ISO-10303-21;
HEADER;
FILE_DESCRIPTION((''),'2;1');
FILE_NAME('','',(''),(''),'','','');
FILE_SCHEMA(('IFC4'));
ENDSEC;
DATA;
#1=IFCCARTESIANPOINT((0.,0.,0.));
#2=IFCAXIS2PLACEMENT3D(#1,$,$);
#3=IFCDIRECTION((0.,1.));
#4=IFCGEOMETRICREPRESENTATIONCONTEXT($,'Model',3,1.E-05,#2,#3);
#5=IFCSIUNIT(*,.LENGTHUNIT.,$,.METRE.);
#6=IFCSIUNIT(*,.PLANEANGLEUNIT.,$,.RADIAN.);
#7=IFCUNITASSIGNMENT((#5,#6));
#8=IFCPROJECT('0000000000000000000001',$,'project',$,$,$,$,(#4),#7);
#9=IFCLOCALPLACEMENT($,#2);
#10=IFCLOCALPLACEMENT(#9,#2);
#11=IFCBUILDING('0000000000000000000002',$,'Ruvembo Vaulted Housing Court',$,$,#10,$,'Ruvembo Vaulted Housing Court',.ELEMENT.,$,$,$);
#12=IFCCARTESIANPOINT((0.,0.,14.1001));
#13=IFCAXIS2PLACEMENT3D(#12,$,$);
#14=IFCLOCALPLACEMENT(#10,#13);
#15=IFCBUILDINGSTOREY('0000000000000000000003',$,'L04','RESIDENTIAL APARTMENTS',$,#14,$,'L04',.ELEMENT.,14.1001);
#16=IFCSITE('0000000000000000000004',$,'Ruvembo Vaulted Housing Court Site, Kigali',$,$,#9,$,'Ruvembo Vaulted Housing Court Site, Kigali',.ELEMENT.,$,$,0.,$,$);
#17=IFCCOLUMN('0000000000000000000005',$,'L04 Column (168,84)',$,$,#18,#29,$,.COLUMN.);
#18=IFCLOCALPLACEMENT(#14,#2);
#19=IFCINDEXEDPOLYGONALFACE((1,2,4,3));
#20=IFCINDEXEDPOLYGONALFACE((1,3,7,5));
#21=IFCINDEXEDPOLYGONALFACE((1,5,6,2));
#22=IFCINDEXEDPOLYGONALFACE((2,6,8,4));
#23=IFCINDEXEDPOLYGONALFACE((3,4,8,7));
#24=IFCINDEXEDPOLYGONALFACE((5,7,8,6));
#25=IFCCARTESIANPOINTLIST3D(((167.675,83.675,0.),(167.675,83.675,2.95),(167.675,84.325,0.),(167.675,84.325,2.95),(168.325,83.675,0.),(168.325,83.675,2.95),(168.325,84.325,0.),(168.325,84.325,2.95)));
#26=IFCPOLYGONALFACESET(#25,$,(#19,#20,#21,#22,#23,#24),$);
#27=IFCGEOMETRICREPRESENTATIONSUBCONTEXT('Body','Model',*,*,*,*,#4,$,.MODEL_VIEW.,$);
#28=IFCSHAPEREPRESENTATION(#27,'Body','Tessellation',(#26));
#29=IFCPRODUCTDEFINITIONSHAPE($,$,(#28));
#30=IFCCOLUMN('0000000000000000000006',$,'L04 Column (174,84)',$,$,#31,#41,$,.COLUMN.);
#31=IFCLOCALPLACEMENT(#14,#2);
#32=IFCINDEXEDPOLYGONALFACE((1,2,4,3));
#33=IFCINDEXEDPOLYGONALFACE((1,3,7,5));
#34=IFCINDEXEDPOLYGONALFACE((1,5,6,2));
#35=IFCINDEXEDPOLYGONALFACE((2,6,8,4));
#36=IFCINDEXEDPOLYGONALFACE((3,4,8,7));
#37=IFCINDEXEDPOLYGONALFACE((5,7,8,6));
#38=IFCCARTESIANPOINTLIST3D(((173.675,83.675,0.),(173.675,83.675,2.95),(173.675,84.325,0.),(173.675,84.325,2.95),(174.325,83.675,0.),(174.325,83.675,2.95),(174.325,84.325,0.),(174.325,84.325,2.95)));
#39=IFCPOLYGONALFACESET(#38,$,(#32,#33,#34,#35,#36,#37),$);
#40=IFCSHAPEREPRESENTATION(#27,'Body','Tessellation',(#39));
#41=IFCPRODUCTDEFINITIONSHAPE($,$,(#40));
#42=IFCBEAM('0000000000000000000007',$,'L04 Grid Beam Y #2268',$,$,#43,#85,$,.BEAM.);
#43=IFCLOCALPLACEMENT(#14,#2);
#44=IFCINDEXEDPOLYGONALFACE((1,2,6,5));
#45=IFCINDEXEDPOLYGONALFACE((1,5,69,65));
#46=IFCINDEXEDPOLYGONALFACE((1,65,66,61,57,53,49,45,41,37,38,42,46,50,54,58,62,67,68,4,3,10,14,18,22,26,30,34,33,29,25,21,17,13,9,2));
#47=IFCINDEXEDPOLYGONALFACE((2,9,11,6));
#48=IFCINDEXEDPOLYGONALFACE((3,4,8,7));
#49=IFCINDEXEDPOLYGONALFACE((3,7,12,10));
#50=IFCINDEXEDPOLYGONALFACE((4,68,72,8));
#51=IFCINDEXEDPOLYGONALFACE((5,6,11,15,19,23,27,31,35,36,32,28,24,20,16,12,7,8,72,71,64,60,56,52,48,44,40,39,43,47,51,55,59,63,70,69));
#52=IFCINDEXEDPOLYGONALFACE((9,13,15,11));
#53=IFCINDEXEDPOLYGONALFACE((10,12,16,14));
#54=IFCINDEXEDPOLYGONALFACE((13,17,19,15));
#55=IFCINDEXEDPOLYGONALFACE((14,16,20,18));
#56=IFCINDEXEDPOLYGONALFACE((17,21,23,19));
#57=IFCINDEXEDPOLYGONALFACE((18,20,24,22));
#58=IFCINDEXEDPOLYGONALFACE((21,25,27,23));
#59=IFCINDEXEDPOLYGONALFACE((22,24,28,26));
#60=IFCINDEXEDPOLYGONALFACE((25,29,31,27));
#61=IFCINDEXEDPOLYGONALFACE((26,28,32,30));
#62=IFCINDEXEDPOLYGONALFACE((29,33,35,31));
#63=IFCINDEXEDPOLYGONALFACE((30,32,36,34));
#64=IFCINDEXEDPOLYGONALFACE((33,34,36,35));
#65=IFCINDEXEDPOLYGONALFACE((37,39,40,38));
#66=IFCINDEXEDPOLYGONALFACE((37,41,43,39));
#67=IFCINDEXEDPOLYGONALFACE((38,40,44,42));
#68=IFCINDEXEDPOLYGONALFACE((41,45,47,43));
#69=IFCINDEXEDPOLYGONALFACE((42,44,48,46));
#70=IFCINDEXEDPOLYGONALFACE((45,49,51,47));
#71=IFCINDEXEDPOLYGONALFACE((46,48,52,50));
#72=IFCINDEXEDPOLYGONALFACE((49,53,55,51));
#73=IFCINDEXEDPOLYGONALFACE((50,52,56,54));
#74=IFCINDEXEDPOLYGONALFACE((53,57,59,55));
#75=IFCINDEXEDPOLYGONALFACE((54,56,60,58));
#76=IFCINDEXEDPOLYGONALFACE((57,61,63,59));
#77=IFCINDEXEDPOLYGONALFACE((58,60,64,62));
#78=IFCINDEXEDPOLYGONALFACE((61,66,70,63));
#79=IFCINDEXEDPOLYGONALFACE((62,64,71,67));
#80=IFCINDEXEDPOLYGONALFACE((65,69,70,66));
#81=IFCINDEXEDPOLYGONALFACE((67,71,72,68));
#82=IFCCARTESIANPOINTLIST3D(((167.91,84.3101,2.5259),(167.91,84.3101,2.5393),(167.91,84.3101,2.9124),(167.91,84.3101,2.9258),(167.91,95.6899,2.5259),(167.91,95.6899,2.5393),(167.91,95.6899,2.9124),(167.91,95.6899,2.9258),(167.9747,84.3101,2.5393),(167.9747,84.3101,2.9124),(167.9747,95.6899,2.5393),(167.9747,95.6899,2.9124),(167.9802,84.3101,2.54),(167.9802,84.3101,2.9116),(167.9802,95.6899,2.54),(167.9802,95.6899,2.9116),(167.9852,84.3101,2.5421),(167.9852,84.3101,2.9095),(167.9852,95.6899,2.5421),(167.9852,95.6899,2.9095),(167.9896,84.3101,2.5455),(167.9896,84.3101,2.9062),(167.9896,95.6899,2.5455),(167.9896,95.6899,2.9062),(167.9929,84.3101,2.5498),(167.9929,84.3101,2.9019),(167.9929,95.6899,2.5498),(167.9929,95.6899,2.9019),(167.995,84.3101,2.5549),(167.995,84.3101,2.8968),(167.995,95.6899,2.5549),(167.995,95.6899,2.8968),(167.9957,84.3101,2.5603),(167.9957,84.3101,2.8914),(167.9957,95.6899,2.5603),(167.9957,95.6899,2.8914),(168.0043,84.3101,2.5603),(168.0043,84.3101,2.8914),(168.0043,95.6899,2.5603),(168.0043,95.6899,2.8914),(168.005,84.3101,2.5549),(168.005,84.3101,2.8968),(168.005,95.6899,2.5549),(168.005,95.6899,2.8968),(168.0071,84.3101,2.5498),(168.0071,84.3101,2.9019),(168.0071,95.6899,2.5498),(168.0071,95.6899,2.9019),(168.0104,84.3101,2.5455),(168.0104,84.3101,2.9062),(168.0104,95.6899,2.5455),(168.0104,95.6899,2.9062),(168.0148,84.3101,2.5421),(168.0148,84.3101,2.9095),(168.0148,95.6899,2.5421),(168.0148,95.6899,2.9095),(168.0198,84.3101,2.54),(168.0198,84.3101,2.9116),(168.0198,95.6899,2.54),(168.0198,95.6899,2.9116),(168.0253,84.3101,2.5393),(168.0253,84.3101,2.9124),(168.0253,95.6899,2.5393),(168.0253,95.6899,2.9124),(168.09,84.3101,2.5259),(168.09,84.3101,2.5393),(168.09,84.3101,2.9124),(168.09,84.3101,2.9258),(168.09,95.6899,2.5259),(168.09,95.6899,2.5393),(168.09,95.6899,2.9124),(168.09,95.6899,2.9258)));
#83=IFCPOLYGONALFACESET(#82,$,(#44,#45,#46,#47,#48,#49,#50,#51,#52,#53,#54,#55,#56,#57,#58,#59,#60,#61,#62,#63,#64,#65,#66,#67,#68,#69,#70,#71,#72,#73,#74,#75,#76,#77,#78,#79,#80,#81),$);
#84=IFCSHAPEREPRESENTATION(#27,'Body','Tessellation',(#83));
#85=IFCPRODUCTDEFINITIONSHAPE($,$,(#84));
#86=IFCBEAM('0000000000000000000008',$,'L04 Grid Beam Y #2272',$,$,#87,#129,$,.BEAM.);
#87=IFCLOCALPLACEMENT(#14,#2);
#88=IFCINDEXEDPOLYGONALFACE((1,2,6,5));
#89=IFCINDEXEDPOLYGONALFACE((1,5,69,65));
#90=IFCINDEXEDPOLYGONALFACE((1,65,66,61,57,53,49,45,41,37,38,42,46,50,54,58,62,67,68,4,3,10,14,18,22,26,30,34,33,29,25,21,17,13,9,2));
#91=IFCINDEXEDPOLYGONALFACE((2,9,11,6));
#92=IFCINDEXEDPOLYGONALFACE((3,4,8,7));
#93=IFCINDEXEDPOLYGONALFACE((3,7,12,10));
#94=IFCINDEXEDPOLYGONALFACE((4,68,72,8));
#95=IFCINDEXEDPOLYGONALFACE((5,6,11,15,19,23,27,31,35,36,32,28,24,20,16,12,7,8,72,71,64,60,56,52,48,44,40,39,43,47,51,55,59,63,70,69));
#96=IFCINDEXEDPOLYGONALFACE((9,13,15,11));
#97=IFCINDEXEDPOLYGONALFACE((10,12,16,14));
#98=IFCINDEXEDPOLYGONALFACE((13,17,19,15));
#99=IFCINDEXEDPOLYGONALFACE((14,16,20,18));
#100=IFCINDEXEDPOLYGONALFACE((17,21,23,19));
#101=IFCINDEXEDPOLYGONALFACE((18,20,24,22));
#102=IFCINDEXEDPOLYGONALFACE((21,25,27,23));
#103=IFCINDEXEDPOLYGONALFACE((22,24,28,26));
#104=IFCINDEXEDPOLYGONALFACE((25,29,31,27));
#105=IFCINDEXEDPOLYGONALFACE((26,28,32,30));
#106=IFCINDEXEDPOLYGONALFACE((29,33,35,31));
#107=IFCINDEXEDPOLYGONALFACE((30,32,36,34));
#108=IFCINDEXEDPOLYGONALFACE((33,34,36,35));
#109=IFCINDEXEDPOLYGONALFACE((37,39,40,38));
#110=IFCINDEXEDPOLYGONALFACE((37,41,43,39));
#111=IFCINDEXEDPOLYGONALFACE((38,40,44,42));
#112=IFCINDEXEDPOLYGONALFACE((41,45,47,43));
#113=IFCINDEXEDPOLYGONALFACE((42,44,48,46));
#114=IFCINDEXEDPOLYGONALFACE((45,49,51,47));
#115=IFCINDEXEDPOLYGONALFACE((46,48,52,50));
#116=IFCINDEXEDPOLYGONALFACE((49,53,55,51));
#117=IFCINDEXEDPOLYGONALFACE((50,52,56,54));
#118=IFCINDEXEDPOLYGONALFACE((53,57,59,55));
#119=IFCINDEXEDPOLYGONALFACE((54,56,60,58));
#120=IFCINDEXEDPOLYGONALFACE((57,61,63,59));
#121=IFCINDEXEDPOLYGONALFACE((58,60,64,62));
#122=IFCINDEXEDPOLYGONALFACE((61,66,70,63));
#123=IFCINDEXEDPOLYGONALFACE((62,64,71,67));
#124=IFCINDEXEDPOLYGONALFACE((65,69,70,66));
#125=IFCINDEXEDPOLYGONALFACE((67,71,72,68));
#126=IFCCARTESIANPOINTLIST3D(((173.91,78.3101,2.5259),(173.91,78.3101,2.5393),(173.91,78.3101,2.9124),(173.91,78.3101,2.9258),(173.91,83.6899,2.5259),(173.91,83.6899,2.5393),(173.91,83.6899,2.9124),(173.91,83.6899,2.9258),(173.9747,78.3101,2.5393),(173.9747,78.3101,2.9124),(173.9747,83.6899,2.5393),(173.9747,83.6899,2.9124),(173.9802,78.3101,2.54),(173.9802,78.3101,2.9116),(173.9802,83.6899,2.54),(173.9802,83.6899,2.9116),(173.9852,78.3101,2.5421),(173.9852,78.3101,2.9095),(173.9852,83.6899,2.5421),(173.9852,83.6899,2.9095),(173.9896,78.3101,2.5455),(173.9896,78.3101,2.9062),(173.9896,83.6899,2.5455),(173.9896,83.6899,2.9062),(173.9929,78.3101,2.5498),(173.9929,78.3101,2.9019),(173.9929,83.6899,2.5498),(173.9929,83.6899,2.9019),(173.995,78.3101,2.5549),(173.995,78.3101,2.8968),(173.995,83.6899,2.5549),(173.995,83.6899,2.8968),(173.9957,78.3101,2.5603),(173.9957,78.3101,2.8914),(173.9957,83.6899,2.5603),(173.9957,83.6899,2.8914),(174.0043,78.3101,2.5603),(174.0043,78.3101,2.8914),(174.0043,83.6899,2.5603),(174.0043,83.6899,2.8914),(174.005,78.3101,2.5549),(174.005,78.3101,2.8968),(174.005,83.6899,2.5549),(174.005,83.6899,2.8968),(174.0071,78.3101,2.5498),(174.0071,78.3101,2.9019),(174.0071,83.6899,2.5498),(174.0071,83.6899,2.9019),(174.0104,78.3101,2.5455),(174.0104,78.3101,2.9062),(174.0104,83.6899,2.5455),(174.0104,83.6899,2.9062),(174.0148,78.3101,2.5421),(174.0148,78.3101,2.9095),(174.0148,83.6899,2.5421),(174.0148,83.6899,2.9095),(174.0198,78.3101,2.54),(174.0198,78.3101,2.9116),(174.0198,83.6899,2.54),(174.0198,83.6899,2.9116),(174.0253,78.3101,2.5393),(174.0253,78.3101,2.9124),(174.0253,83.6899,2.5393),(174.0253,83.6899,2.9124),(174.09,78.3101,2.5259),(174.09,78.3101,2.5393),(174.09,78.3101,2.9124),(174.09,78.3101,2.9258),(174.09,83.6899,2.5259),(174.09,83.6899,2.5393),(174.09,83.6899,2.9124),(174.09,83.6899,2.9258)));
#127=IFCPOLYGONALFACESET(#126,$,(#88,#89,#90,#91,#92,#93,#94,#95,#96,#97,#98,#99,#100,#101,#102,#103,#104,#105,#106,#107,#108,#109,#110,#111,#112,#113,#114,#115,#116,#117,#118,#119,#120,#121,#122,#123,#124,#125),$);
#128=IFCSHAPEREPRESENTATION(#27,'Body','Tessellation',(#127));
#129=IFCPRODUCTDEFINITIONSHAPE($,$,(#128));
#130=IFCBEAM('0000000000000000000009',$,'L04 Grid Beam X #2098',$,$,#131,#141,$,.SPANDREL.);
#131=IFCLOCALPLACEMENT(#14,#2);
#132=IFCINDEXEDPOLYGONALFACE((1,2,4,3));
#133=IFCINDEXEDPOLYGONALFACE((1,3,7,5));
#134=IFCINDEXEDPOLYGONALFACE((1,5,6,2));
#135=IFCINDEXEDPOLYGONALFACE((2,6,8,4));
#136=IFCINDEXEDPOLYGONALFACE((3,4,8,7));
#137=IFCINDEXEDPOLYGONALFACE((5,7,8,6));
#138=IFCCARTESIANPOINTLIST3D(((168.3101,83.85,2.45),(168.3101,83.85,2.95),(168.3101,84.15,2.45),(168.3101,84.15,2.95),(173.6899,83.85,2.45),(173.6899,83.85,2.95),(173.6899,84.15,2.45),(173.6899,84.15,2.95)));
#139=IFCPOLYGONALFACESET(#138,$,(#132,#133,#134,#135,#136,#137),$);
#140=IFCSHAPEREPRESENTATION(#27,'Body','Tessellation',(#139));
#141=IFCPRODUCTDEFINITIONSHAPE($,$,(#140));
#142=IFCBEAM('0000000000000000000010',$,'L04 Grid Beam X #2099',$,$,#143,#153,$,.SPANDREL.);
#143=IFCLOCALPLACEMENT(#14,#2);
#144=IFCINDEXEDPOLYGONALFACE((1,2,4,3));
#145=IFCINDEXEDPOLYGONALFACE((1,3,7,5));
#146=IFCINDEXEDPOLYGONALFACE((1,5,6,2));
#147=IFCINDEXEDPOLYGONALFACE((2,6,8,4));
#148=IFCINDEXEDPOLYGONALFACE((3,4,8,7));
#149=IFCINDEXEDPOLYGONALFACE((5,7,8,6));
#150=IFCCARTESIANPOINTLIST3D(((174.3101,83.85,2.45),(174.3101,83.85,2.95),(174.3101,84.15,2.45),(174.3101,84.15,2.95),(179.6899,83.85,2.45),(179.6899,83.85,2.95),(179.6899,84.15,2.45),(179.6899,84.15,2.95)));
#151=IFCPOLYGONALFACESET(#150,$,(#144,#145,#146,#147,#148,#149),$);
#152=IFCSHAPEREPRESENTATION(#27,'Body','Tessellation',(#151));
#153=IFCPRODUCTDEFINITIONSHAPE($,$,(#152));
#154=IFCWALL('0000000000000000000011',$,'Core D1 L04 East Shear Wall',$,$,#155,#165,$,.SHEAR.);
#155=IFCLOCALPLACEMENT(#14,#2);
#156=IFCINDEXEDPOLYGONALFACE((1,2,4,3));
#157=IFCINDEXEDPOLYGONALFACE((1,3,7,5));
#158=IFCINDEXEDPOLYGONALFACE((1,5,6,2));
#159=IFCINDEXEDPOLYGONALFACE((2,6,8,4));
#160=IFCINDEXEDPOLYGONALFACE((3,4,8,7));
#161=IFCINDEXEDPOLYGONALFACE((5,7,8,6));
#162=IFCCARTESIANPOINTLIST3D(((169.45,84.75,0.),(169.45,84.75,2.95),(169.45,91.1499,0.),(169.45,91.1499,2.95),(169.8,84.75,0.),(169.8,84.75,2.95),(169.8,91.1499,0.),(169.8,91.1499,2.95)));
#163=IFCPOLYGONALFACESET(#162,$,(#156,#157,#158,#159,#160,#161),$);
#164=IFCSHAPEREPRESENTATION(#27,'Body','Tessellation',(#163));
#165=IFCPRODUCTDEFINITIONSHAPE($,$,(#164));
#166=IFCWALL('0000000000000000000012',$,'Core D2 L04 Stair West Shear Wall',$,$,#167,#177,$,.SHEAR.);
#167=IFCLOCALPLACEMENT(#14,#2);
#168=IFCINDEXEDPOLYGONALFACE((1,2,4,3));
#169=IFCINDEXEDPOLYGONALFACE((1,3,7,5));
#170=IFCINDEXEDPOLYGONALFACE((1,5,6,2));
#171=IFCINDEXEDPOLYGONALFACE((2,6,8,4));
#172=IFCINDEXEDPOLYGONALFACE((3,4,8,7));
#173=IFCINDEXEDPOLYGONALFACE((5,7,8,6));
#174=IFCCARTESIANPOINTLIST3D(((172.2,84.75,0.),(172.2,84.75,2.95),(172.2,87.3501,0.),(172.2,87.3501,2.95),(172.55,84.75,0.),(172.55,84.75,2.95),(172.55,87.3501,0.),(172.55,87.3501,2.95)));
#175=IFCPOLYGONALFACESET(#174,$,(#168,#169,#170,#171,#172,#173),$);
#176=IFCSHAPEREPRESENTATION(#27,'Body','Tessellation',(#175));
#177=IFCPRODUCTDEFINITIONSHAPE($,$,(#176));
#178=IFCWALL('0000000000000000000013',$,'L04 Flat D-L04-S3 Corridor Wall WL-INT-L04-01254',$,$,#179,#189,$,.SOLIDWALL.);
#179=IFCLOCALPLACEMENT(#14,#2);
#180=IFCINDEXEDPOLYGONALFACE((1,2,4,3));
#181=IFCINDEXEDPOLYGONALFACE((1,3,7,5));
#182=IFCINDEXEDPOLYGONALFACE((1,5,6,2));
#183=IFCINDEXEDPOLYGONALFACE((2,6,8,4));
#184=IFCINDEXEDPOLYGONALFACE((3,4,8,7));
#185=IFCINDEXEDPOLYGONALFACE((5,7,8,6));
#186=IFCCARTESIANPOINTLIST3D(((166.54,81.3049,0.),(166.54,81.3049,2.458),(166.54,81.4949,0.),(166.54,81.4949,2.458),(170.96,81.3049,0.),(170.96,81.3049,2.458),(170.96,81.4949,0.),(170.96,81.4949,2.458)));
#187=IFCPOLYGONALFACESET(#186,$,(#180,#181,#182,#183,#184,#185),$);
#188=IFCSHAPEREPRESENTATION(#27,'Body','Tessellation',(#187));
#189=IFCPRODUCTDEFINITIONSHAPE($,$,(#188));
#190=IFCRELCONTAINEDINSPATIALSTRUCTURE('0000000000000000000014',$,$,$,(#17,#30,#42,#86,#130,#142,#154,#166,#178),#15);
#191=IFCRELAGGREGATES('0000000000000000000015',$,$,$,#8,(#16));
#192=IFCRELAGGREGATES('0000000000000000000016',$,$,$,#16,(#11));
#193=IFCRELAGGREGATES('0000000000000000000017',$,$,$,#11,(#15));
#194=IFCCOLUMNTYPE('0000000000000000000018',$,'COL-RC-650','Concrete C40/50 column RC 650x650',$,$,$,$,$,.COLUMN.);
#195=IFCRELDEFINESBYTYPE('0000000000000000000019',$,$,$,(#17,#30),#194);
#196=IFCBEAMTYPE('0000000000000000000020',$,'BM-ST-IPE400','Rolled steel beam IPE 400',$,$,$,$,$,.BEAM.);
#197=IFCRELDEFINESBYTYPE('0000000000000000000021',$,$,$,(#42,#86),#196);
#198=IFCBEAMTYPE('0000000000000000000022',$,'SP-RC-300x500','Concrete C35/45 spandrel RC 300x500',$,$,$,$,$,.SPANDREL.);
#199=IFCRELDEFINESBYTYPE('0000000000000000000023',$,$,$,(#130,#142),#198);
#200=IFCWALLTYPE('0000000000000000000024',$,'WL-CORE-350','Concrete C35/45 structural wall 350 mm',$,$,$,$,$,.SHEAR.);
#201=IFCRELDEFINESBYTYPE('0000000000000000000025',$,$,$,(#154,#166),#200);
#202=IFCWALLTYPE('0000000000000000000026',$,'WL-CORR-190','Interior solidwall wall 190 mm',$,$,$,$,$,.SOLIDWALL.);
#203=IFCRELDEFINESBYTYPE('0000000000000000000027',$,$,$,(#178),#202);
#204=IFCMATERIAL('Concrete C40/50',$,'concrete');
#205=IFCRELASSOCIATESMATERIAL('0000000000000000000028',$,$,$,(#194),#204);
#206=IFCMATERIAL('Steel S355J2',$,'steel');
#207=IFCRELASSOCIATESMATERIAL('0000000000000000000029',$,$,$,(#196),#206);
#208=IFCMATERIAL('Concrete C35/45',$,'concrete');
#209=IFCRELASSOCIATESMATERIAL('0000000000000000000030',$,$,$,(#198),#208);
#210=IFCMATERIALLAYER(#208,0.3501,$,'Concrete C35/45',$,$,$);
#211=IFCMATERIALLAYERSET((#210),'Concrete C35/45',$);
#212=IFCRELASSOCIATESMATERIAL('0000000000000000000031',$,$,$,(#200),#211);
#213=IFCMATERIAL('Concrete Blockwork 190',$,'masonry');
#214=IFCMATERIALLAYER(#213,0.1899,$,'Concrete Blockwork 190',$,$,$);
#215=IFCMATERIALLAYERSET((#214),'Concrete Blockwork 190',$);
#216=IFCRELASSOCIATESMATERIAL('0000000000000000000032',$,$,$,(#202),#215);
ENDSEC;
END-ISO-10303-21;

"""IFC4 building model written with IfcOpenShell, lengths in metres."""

from ifc_helpers import new_model, si_unit, direction, frame, frame_2d, origin, origin_2d, place, context, subcontext, project, spatial, rectangle, i_section, extrude, material, layer, layer_set, material_profile, profile_set, type_object, element, save


model = new_model("IFC4")

# Units and contexts
model_context = context("Model", 3, precision=1e-05, world=origin(), true_north=direction((0.0, 1.0)))
body_context = subcontext(model_context, "Body", "Model", "MODEL_VIEW")
ifc_project = project(units=[si_unit("LENGTHUNIT", "METRE"), si_unit("PLANEANGLEUNIT", "RADIAN")], contexts=[model_context])

# Site, building, storey
site_placement = place(None, origin())
site = spatial("IfcSite", under=ifc_project, at=site_placement, Name="Ruvembo Vaulted Housing Court Site, Kigali", LongName="Ruvembo Vaulted Housing Court Site, Kigali", CompositionType="ELEMENT", RefElevation=0.0)
building_placement = place(site_placement, origin())
building = spatial("IfcBuilding", under=site, at=building_placement, Name="Ruvembo Vaulted Housing Court", LongName="Ruvembo Vaulted Housing Court", CompositionType="ELEMENT")
storey_placement = place(building_placement, frame((0.0, 0.0, 14.1001)))
storey = spatial("IfcBuildingStorey", under=building, at=storey_placement, Name="L04", Description="RESIDENTIAL APARTMENTS", LongName="L04", CompositionType="ELEMENT", Elevation=14.1001)

# Columns
ifc_material_1 = material(Name="Concrete C40/50", Category="concrete")
ifc_material_profile_1 = material_profile(ifc_material_1, rectangle(XDim=0.6499, YDim=0.6499, at=origin_2d()), Name="RC 650x650")
ifc_profile_set_1 = profile_set([ifc_material_profile_1], Name="Concrete C40/50")
column_type = type_object("IfcColumnType", Name="COL-RC-650", Description="Concrete C40/50 column RC 650x650", PredefinedType="COLUMN", material=ifc_profile_set_1)
for number, where, z_axis, x_axis, name in (
    (1, (168.0, 84.0, 0.0), (0.0, 0.0, 1.0), (1.0, 0.0, 0.0), "L04 Column (168,84)"),
    (2, (174.0, 84.0, 0.0), (0.0, 0.0, 1.0), (1.0, 0.0, 0.0), "L04 Column (174,84)"),
):
    element("IfcColumn", number, at=place(storey_placement, frame(where, z_axis=z_axis, x_axis=x_axis)), inside=storey, type_object=column_type, Name=name, PredefinedType="COLUMN", context=body_context, shape_type="SweptSolid", body=[
        extrude(rectangle(XDim=0.6499, YDim=0.6499, at=origin_2d()), origin(), (0.0, 0.0, 1.0), 2.95),
    ])

# Beams
ifc_material_2 = material(Name="Steel S355J2", Category="steel")
ifc_material_profile_2 = material_profile(ifc_material_2, i_section(OverallWidth=0.1799, OverallDepth=0.3999, WebThickness=0.0085, FlangeThickness=0.0134, FilletRadius=0.021, at=origin_2d()), Name="IPE 400")
ifc_profile_set_2 = profile_set([ifc_material_profile_2], Name="Steel S355J2")
beam_type_1 = type_object("IfcBeamType", Name="BM-ST-IPE400", Description="Rolled steel beam IPE 400", PredefinedType="BEAM", material=ifc_profile_set_2)
beam_1_placement = place(storey_placement, frame((168.0, 84.3101, 2.7258), z_axis=(0.0, 1.0, 0.0), x_axis=(-1.0, 0.0, 0.0)))
element("IfcBeam", 3, at=beam_1_placement, inside=storey, type_object=beam_type_1, Name="L04 Grid Beam Y #2268", PredefinedType="BEAM", context=body_context, shape_type="SweptSolid", body=[
    extrude(i_section(OverallWidth=0.1799, OverallDepth=0.3999, WebThickness=0.0085, FlangeThickness=0.0134, FilletRadius=0.021, at=origin_2d()), origin(), (0.0, 0.0, 1.0), 11.3799),
])
beam_2_placement = place(storey_placement, frame((174.0, 78.3101, 2.7258), z_axis=(0.0, 1.0, 0.0), x_axis=(-1.0, 0.0, 0.0)))
element("IfcBeam", 4, at=beam_2_placement, inside=storey, type_object=beam_type_1, Name="L04 Grid Beam Y #2272", PredefinedType="BEAM", context=body_context, shape_type="SweptSolid", body=[
    extrude(i_section(OverallWidth=0.1799, OverallDepth=0.3999, WebThickness=0.0085, FlangeThickness=0.0134, FilletRadius=0.021, at=origin_2d()), origin(), (0.0, 0.0, 1.0), 5.3799),
])
ifc_material_3 = material(Name="Concrete C35/45", Category="concrete")
ifc_material_profile_3 = material_profile(ifc_material_3, rectangle(XDim=0.3, YDim=0.5, at=origin_2d()), Name="RC 300x500")
ifc_profile_set_3 = profile_set([ifc_material_profile_3], Name="Concrete C35/45")
beam_type_2 = type_object("IfcBeamType", Name="SP-RC-300x500", Description="Concrete C35/45 spandrel RC 300x500", PredefinedType="SPANDREL", material=ifc_profile_set_3)
for number, where, z_axis, x_axis, name in (
    (5, (168.3101, 84.0, 2.7), (1.0, 0.0, 0.0), (0.0, 1.0, 0.0), "L04 Grid Beam X #2098"),
    (6, (174.3101, 84.0, 2.7), (1.0, 0.0, 0.0), (0.0, 1.0, 0.0), "L04 Grid Beam X #2099"),
):
    element("IfcBeam", number, at=place(storey_placement, frame(where, z_axis=z_axis, x_axis=x_axis)), inside=storey, type_object=beam_type_2, Name=name, PredefinedType="SPANDREL", context=body_context, shape_type="SweptSolid", body=[
        extrude(rectangle(XDim=0.3, YDim=0.5, at=origin_2d()), origin(), (0.0, 0.0, 1.0), 5.3799),
    ])

# Wall
ifc_layer_1 = layer(ifc_material_3, 0.3501, Name="Concrete C35/45")
ifc_layer_set_1 = layer_set([ifc_layer_1], Name="Concrete C35/45")
wall_type_1 = type_object("IfcWallType", Name="WL-CORE-350", Description="Concrete C35/45 structural wall 350 mm", PredefinedType="SHEAR", material=ifc_layer_set_1)
wall_1_placement = place(storey_placement, frame((169.625, 84.75, 0.0), z_axis=(0.0, 0.0, 1.0), x_axis=(0.0, 1.0, 0.0)))
element("IfcWall", 7, at=wall_1_placement, inside=storey, type_object=wall_type_1, Name="Core D1 L04 East Shear Wall", PredefinedType="SHEAR", context=body_context, shape_type="SweptSolid", body=[
    extrude(rectangle(XDim=6.3999, YDim=0.3501, at=frame_2d((3.2, 0.0))), origin(), (0.0, 0.0, 1.0), 2.95),
])

# Walls
wall_2_placement = place(storey_placement, frame((172.375, 87.3501, 0.0), z_axis=(0.0, 0.0, 1.0), x_axis=(0.0, -1.0, 0.0)))
element("IfcWall", 8, at=wall_2_placement, inside=storey, type_object=wall_type_1, Name="Core D2 L04 Stair West Shear Wall", PredefinedType="SHEAR", context=body_context, shape_type="SweptSolid", body=[
    extrude(rectangle(XDim=2.6001, YDim=0.3501, at=frame_2d((1.3, 0.0))), origin(), (0.0, 0.0, 1.0), 2.95),
])
ifc_material_4 = material(Name="Concrete Blockwork 190", Category="masonry")
ifc_layer_2 = layer(ifc_material_4, 0.1899, Name="Concrete Blockwork 190")
ifc_layer_set_2 = layer_set([ifc_layer_2], Name="Concrete Blockwork 190")
wall_type_2 = type_object("IfcWallType", Name="WL-CORR-190", Description="Interior solidwall wall 190 mm", PredefinedType="SOLIDWALL", material=ifc_layer_set_2)
wall_3_placement = place(storey_placement, frame((166.54, 81.3999, 0.0), z_axis=(0.0, 0.0, 1.0), x_axis=(1.0, 0.0, 0.0)))
element("IfcWall", 9, at=wall_3_placement, inside=storey, type_object=wall_type_2, Name="L04 Flat D-L04-S3 Corridor Wall WL-INT-L04-01254", PredefinedType="SOLIDWALL", context=body_context, shape_type="SweptSolid", body=[
    extrude(rectangle(XDim=4.4199, YDim=0.1899, at=frame_2d((2.21, 0.0))), origin(), (0.0, 0.0, 1.0), 2.458),
])

save(model, "model.ifc")
